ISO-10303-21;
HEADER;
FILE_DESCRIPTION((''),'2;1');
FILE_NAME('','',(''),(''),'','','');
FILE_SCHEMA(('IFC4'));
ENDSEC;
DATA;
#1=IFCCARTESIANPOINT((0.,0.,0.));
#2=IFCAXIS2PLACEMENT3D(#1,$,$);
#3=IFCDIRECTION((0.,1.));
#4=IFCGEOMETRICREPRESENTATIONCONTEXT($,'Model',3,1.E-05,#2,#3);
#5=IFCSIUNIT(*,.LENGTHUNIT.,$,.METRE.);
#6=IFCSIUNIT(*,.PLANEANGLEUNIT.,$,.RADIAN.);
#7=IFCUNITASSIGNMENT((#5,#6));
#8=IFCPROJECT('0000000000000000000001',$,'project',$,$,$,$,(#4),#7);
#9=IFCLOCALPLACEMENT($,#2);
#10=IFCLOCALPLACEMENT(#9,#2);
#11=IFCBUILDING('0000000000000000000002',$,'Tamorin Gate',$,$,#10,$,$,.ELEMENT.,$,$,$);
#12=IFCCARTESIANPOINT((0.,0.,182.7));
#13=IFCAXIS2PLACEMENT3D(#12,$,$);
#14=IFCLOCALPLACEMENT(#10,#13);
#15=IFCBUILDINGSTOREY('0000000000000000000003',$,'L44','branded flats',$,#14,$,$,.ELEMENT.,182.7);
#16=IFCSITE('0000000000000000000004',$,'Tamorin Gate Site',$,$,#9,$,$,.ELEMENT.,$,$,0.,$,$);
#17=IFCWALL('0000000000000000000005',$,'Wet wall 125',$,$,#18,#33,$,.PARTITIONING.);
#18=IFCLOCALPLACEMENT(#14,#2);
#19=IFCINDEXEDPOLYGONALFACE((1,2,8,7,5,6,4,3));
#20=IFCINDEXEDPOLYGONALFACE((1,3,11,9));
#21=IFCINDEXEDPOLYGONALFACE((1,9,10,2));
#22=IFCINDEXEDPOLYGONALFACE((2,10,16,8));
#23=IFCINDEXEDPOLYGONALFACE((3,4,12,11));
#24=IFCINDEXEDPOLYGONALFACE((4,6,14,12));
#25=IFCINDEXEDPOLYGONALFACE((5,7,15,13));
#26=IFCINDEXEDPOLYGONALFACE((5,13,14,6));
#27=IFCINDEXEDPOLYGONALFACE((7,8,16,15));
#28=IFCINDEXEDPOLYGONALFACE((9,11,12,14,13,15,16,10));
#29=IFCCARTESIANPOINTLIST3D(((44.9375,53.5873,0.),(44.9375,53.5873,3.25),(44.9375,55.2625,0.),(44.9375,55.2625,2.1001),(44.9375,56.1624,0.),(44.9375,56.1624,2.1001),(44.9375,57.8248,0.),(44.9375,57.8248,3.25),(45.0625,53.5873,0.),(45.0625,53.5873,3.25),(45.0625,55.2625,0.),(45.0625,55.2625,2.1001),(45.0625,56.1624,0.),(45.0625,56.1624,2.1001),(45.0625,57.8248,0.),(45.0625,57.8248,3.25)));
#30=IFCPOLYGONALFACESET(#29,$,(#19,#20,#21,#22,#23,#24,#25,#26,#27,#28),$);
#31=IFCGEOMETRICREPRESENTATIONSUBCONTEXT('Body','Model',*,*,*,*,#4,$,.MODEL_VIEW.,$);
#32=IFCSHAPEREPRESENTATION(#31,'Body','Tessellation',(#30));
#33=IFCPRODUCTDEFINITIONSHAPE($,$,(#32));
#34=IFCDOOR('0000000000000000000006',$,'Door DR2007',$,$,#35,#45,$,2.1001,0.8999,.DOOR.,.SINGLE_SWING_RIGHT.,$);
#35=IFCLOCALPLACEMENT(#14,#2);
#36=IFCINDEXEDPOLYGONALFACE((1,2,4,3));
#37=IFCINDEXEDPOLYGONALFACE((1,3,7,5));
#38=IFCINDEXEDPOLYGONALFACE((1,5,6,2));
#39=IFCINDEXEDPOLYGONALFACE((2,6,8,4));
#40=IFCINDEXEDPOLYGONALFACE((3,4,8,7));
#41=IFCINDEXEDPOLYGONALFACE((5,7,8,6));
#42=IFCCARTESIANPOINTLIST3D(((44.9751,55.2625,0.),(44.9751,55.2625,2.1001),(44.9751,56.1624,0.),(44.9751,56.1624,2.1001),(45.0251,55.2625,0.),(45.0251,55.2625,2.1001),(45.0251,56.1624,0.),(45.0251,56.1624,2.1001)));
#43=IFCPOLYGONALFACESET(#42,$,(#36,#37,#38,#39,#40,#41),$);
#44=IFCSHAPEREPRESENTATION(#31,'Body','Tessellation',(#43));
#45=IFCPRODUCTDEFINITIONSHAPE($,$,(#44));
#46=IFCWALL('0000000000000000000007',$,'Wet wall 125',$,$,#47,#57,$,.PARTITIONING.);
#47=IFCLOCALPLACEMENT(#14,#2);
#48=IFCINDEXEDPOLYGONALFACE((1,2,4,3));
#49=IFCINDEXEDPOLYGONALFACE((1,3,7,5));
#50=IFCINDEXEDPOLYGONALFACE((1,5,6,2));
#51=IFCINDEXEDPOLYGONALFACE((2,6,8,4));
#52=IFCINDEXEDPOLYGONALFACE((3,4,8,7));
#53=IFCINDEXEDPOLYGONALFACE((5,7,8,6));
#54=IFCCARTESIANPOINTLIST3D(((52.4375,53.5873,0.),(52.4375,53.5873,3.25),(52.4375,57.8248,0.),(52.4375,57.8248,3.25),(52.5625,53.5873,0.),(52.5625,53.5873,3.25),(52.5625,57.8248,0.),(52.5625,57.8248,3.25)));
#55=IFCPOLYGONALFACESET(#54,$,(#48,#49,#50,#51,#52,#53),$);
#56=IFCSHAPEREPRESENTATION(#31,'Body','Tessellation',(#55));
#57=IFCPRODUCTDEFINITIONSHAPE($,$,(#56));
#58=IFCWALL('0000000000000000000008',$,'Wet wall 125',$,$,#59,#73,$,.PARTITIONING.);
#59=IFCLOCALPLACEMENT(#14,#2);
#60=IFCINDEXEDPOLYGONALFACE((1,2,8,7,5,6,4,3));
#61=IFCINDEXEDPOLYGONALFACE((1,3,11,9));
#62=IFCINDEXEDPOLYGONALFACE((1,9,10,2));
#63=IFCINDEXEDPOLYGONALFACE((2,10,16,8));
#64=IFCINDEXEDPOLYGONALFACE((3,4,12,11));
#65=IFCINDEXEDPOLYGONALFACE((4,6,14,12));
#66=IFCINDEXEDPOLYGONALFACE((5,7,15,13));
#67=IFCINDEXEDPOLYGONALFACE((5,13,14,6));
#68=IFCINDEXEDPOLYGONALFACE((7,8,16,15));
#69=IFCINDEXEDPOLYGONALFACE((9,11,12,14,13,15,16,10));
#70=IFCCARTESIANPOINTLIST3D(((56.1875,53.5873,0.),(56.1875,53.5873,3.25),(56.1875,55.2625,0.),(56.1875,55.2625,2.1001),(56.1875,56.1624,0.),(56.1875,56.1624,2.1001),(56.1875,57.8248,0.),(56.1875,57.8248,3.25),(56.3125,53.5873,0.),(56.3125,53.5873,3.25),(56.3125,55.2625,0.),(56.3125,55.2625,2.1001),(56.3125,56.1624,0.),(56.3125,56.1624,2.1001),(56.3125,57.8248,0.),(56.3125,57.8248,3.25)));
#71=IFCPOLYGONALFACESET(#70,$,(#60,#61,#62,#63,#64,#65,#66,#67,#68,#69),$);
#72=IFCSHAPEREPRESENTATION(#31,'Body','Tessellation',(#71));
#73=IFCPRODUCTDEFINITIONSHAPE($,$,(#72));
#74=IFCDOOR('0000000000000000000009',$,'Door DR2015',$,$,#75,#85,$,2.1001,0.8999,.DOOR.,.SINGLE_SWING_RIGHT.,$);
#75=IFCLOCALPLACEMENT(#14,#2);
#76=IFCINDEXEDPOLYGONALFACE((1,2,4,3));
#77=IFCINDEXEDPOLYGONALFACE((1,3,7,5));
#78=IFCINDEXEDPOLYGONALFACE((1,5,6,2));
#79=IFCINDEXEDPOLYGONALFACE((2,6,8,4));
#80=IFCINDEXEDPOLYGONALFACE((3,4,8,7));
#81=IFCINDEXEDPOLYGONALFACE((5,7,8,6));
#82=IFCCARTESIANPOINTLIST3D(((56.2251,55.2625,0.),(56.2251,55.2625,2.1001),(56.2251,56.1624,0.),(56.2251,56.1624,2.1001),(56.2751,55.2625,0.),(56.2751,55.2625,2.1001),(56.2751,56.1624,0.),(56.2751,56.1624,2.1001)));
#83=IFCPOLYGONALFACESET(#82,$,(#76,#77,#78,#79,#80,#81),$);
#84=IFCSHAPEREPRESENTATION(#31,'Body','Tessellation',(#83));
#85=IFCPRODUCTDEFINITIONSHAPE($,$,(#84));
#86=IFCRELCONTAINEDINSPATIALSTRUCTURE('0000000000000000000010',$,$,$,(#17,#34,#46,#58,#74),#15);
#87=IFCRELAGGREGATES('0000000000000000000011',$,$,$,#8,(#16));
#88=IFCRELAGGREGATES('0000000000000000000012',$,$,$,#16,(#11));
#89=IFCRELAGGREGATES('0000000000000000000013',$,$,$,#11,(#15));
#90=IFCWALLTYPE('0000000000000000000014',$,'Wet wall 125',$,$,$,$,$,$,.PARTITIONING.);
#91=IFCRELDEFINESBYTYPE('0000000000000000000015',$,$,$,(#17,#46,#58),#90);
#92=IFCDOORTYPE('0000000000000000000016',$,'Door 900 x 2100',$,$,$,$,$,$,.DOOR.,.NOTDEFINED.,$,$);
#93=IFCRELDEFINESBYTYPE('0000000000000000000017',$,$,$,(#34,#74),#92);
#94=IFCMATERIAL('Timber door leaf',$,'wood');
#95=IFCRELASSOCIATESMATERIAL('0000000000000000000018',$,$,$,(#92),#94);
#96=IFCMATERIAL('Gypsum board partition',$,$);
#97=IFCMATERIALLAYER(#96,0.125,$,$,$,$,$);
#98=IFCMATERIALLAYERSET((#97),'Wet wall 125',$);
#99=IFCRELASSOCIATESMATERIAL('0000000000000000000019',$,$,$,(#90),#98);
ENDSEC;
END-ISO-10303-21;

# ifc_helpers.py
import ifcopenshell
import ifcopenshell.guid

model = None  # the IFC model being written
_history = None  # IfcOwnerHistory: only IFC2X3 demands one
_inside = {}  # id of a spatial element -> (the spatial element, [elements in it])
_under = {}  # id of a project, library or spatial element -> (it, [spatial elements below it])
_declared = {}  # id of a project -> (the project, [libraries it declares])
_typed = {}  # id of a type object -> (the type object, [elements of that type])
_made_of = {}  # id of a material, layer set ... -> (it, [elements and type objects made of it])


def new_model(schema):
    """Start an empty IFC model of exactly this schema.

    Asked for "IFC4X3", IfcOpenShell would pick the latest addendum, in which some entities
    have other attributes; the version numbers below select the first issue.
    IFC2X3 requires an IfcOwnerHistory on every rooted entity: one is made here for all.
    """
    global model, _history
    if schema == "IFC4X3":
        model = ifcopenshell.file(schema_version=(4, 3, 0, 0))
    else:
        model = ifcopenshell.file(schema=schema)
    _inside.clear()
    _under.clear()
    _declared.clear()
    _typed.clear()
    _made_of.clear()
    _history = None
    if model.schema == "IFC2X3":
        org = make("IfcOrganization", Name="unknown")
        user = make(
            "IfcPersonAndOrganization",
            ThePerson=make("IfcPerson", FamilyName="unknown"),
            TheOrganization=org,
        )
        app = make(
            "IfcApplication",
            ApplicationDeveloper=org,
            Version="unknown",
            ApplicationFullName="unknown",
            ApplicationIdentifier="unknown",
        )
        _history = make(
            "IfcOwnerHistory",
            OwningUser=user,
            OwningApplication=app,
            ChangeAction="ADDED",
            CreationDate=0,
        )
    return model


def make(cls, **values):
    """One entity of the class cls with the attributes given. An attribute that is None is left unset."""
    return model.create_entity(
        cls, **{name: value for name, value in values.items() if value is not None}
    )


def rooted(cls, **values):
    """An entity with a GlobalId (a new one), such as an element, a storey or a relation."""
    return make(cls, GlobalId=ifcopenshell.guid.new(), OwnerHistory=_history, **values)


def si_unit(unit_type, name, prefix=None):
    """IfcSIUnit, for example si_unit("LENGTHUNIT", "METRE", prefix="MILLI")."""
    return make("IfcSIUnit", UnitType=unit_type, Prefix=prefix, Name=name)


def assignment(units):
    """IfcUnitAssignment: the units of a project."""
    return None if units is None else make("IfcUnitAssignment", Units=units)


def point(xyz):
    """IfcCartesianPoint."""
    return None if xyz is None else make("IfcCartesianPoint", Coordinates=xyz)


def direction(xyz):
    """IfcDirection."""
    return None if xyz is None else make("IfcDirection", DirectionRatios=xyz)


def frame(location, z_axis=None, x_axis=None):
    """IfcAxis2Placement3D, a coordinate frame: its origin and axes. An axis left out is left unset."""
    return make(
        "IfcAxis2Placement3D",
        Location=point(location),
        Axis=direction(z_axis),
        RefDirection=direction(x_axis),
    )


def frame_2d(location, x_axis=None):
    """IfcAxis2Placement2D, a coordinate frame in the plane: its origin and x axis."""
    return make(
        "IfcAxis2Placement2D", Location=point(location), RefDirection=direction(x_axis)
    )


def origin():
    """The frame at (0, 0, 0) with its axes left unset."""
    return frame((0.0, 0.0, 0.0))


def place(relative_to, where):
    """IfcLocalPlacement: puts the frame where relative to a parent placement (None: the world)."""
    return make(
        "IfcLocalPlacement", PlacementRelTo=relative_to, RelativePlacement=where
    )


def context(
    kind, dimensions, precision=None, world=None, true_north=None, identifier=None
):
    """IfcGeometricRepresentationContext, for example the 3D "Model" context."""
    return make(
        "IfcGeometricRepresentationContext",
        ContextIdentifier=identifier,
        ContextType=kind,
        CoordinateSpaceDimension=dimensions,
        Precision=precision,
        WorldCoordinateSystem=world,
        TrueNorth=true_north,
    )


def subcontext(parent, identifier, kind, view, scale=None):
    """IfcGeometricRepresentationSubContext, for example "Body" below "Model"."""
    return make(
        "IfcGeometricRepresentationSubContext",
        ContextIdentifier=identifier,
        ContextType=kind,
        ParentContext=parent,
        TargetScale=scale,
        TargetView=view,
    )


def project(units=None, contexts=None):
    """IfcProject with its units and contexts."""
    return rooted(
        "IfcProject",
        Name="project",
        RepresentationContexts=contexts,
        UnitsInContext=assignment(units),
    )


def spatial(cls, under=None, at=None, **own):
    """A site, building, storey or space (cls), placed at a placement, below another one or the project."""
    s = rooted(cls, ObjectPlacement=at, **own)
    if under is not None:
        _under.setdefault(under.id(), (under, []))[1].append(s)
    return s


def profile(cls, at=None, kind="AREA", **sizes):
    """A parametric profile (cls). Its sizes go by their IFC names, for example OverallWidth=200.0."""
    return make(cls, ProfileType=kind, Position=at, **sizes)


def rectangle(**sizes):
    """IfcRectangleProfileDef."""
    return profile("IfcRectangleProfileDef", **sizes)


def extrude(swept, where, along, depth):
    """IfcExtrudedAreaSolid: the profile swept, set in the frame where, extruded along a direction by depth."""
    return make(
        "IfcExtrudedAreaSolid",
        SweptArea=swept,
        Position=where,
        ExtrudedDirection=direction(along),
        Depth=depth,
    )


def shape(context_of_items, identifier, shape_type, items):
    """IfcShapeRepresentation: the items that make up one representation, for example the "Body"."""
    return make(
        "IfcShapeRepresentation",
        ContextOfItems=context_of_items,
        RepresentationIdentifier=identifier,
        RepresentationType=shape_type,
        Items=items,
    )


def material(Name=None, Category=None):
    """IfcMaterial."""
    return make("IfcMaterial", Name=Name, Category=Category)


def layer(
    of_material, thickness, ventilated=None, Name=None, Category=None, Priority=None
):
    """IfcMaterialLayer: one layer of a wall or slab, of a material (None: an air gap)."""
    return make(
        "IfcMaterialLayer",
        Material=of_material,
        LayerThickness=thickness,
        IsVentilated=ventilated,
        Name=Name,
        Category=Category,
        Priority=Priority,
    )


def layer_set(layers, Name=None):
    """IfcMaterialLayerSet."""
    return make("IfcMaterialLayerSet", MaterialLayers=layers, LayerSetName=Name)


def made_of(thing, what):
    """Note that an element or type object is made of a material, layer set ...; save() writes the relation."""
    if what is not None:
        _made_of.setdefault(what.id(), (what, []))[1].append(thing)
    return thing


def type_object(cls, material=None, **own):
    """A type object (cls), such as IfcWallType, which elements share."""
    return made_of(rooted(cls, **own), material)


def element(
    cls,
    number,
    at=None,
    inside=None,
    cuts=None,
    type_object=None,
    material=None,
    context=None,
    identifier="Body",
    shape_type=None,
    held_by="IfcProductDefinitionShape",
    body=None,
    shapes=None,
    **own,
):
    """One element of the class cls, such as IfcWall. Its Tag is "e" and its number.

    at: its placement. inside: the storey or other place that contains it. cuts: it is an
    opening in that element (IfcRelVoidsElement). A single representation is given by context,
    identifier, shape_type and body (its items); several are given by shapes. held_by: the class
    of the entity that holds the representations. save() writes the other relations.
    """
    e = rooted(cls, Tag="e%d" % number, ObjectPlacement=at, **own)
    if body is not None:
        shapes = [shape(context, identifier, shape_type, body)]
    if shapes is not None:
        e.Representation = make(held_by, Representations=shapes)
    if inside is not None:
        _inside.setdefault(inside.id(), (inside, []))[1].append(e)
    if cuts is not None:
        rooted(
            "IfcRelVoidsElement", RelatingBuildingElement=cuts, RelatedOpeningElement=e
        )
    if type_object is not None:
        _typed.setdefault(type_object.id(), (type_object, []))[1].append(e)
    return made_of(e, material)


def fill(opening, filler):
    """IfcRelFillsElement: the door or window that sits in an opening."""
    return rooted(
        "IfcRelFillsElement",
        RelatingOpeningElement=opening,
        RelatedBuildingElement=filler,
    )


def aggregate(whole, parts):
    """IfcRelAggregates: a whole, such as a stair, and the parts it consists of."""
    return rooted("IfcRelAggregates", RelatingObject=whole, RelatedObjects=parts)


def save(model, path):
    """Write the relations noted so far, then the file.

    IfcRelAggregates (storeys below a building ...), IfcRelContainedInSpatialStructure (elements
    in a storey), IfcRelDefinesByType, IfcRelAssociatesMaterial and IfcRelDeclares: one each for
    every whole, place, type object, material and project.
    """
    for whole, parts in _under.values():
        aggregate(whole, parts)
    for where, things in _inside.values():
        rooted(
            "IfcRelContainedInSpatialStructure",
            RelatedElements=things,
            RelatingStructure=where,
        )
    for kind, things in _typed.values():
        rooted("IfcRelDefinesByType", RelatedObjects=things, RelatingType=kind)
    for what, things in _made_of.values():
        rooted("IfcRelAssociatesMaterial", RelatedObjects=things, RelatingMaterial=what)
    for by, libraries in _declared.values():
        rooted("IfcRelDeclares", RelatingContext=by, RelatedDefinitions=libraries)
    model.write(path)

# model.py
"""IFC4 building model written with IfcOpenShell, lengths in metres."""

from ifc_helpers import new_model, si_unit, direction, frame, frame_2d, origin, place, context, subcontext, project, spatial, rectangle, extrude, material, layer, layer_set, type_object, element, fill, save


model = new_model("IFC4")

# Units and contexts
model_context = context("Model", 3, precision=1e-05, world=origin(), true_north=direction((0.0, 1.0)))
body_context = subcontext(model_context, "Body", "Model", "MODEL_VIEW")
ifc_project = project(units=[si_unit("LENGTHUNIT", "METRE"), si_unit("PLANEANGLEUNIT", "RADIAN")], contexts=[model_context])

# Site, building, storey
site_placement = place(None, origin())
site = spatial("IfcSite", under=ifc_project, at=site_placement, Name="Tamorin Gate Site", CompositionType="ELEMENT", RefElevation=0.0)
building_placement = place(site_placement, origin())
building = spatial("IfcBuilding", under=site, at=building_placement, Name="Tamorin Gate", CompositionType="ELEMENT")
storey_placement = place(building_placement, frame((0.0, 0.0, 182.7)))
storey = spatial("IfcBuildingStorey", under=building, at=storey_placement, Name="L44", Description="branded flats", CompositionType="ELEMENT", Elevation=182.7)

# Shared definitions
ifc_material_1 = material(Name="Gypsum board partition")

# Shared definitions
ifc_material_2 = material(Name="Timber door leaf", Category="wood")
door_type = type_object("IfcDoorType", Name="Door 900 x 2100", OperationType="NOTDEFINED", PredefinedType="DOOR", material=ifc_material_2)

# Shared definitions
ifc_layer_1 = layer(ifc_material_1, 0.125)
ifc_layer_set_1 = layer_set([ifc_layer_1], Name="Wet wall 125")
wall_type_1 = type_object("IfcWallType", Name="Wet wall 125", PredefinedType="PARTITIONING", material=ifc_layer_set_1)

# Wall, opening, door
wall_1_placement = place(storey_placement, frame((45.0, 53.5874, 0.0), z_axis=(0.0, 0.0, 1.0), x_axis=(0.0, 1.0, 0.0)))
wall_1 = element("IfcWall", 1, at=wall_1_placement, inside=storey, type_object=wall_type_1, Name="Wet wall 125", PredefinedType="PARTITIONING", context=body_context, shape_type="SweptSolid", body=[
    extrude(rectangle(XDim=4.2375, YDim=0.125, at=frame_2d((2.1187, 0.0))), origin(), (0.0, 0.0, 1.0), 3.25),
])
opening_1_placement = place(wall_1_placement, frame((1.675, 0.0, 0.0)))
opening_1 = element("IfcOpeningElement", 2, at=opening_1_placement, cuts=wall_1, PredefinedType="OPENING", context=body_context, shape_type="SweptSolid", body=[
    extrude(rectangle(XDim=0.8999, YDim=2.1001, at=frame_2d((0.45, 1.05))), frame((0.0, 0.0725, 0.0), z_axis=(0.0, -1.0, 0.0), x_axis=(1.0, 0.0, 0.0)), (0.0, 0.0, 1.0), 0.145),
])
door_1_placement = place(opening_1_placement, origin())
door_1 = element("IfcDoor", 3, at=door_1_placement, inside=storey, type_object=door_type, Name="Door DR2007", OperationType="SINGLE_SWING_RIGHT", OverallHeight=2.1001, OverallWidth=0.8999, PredefinedType="DOOR", context=body_context, shape_type="SweptSolid", body=[
    extrude(rectangle(XDim=0.8999, YDim=2.1001, at=frame_2d((0.45, 1.05))), frame((0.0, 0.0249, 0.0), z_axis=(0.0, -1.0, 0.0), x_axis=(1.0, 0.0, 0.0)), (0.0, 0.0, 1.0), 0.05),
])
fill(opening_1, door_1)

# Wall
wall_2_placement = place(storey_placement, frame((52.5, 53.5874, 0.0), z_axis=(0.0, 0.0, 1.0), x_axis=(0.0, 1.0, 0.0)))
element("IfcWall", 4, at=wall_2_placement, inside=storey, type_object=wall_type_1, Name="Wet wall 125", PredefinedType="PARTITIONING", context=body_context, shape_type="SweptSolid", body=[
    extrude(rectangle(XDim=4.2375, YDim=0.125, at=frame_2d((2.1187, 0.0))), origin(), (0.0, 0.0, 1.0), 3.25),
])

# Wall, opening, door
wall_3_placement = place(storey_placement, frame((56.25, 53.5874, 0.0), z_axis=(0.0, 0.0, 1.0), x_axis=(0.0, 1.0, 0.0)))
wall_3 = element("IfcWall", 5, at=wall_3_placement, inside=storey, type_object=wall_type_1, Name="Wet wall 125", PredefinedType="PARTITIONING", context=body_context, shape_type="SweptSolid", body=[
    extrude(rectangle(XDim=4.2375, YDim=0.125, at=frame_2d((2.1187, 0.0))), origin(), (0.0, 0.0, 1.0), 3.25),
])
opening_2_placement = place(wall_3_placement, frame((1.675, 0.0, 0.0)))
opening_2 = element("IfcOpeningElement", 6, at=opening_2_placement, cuts=wall_3, PredefinedType="OPENING", context=body_context, shape_type="SweptSolid", body=[
    extrude(rectangle(XDim=0.8999, YDim=2.1001, at=frame_2d((0.45, 1.05))), frame((0.0, 0.0725, 0.0), z_axis=(0.0, -1.0, 0.0), x_axis=(1.0, 0.0, 0.0)), (0.0, 0.0, 1.0), 0.145),
])
door_2_placement = place(opening_2_placement, origin())
door_2 = element("IfcDoor", 7, at=door_2_placement, inside=storey, type_object=door_type, Name="Door DR2015", OperationType="SINGLE_SWING_RIGHT", OverallHeight=2.1001, OverallWidth=0.8999, PredefinedType="DOOR", context=body_context, shape_type="SweptSolid", body=[
    extrude(rectangle(XDim=0.8999, YDim=2.1001, at=frame_2d((0.45, 1.05))), frame((0.0, 0.0249, 0.0), z_axis=(0.0, -1.0, 0.0), x_axis=(1.0, 0.0, 0.0)), (0.0, 0.0, 1.0), 0.05),
])
fill(opening_2, door_2)

save(model, "model.ifc")
